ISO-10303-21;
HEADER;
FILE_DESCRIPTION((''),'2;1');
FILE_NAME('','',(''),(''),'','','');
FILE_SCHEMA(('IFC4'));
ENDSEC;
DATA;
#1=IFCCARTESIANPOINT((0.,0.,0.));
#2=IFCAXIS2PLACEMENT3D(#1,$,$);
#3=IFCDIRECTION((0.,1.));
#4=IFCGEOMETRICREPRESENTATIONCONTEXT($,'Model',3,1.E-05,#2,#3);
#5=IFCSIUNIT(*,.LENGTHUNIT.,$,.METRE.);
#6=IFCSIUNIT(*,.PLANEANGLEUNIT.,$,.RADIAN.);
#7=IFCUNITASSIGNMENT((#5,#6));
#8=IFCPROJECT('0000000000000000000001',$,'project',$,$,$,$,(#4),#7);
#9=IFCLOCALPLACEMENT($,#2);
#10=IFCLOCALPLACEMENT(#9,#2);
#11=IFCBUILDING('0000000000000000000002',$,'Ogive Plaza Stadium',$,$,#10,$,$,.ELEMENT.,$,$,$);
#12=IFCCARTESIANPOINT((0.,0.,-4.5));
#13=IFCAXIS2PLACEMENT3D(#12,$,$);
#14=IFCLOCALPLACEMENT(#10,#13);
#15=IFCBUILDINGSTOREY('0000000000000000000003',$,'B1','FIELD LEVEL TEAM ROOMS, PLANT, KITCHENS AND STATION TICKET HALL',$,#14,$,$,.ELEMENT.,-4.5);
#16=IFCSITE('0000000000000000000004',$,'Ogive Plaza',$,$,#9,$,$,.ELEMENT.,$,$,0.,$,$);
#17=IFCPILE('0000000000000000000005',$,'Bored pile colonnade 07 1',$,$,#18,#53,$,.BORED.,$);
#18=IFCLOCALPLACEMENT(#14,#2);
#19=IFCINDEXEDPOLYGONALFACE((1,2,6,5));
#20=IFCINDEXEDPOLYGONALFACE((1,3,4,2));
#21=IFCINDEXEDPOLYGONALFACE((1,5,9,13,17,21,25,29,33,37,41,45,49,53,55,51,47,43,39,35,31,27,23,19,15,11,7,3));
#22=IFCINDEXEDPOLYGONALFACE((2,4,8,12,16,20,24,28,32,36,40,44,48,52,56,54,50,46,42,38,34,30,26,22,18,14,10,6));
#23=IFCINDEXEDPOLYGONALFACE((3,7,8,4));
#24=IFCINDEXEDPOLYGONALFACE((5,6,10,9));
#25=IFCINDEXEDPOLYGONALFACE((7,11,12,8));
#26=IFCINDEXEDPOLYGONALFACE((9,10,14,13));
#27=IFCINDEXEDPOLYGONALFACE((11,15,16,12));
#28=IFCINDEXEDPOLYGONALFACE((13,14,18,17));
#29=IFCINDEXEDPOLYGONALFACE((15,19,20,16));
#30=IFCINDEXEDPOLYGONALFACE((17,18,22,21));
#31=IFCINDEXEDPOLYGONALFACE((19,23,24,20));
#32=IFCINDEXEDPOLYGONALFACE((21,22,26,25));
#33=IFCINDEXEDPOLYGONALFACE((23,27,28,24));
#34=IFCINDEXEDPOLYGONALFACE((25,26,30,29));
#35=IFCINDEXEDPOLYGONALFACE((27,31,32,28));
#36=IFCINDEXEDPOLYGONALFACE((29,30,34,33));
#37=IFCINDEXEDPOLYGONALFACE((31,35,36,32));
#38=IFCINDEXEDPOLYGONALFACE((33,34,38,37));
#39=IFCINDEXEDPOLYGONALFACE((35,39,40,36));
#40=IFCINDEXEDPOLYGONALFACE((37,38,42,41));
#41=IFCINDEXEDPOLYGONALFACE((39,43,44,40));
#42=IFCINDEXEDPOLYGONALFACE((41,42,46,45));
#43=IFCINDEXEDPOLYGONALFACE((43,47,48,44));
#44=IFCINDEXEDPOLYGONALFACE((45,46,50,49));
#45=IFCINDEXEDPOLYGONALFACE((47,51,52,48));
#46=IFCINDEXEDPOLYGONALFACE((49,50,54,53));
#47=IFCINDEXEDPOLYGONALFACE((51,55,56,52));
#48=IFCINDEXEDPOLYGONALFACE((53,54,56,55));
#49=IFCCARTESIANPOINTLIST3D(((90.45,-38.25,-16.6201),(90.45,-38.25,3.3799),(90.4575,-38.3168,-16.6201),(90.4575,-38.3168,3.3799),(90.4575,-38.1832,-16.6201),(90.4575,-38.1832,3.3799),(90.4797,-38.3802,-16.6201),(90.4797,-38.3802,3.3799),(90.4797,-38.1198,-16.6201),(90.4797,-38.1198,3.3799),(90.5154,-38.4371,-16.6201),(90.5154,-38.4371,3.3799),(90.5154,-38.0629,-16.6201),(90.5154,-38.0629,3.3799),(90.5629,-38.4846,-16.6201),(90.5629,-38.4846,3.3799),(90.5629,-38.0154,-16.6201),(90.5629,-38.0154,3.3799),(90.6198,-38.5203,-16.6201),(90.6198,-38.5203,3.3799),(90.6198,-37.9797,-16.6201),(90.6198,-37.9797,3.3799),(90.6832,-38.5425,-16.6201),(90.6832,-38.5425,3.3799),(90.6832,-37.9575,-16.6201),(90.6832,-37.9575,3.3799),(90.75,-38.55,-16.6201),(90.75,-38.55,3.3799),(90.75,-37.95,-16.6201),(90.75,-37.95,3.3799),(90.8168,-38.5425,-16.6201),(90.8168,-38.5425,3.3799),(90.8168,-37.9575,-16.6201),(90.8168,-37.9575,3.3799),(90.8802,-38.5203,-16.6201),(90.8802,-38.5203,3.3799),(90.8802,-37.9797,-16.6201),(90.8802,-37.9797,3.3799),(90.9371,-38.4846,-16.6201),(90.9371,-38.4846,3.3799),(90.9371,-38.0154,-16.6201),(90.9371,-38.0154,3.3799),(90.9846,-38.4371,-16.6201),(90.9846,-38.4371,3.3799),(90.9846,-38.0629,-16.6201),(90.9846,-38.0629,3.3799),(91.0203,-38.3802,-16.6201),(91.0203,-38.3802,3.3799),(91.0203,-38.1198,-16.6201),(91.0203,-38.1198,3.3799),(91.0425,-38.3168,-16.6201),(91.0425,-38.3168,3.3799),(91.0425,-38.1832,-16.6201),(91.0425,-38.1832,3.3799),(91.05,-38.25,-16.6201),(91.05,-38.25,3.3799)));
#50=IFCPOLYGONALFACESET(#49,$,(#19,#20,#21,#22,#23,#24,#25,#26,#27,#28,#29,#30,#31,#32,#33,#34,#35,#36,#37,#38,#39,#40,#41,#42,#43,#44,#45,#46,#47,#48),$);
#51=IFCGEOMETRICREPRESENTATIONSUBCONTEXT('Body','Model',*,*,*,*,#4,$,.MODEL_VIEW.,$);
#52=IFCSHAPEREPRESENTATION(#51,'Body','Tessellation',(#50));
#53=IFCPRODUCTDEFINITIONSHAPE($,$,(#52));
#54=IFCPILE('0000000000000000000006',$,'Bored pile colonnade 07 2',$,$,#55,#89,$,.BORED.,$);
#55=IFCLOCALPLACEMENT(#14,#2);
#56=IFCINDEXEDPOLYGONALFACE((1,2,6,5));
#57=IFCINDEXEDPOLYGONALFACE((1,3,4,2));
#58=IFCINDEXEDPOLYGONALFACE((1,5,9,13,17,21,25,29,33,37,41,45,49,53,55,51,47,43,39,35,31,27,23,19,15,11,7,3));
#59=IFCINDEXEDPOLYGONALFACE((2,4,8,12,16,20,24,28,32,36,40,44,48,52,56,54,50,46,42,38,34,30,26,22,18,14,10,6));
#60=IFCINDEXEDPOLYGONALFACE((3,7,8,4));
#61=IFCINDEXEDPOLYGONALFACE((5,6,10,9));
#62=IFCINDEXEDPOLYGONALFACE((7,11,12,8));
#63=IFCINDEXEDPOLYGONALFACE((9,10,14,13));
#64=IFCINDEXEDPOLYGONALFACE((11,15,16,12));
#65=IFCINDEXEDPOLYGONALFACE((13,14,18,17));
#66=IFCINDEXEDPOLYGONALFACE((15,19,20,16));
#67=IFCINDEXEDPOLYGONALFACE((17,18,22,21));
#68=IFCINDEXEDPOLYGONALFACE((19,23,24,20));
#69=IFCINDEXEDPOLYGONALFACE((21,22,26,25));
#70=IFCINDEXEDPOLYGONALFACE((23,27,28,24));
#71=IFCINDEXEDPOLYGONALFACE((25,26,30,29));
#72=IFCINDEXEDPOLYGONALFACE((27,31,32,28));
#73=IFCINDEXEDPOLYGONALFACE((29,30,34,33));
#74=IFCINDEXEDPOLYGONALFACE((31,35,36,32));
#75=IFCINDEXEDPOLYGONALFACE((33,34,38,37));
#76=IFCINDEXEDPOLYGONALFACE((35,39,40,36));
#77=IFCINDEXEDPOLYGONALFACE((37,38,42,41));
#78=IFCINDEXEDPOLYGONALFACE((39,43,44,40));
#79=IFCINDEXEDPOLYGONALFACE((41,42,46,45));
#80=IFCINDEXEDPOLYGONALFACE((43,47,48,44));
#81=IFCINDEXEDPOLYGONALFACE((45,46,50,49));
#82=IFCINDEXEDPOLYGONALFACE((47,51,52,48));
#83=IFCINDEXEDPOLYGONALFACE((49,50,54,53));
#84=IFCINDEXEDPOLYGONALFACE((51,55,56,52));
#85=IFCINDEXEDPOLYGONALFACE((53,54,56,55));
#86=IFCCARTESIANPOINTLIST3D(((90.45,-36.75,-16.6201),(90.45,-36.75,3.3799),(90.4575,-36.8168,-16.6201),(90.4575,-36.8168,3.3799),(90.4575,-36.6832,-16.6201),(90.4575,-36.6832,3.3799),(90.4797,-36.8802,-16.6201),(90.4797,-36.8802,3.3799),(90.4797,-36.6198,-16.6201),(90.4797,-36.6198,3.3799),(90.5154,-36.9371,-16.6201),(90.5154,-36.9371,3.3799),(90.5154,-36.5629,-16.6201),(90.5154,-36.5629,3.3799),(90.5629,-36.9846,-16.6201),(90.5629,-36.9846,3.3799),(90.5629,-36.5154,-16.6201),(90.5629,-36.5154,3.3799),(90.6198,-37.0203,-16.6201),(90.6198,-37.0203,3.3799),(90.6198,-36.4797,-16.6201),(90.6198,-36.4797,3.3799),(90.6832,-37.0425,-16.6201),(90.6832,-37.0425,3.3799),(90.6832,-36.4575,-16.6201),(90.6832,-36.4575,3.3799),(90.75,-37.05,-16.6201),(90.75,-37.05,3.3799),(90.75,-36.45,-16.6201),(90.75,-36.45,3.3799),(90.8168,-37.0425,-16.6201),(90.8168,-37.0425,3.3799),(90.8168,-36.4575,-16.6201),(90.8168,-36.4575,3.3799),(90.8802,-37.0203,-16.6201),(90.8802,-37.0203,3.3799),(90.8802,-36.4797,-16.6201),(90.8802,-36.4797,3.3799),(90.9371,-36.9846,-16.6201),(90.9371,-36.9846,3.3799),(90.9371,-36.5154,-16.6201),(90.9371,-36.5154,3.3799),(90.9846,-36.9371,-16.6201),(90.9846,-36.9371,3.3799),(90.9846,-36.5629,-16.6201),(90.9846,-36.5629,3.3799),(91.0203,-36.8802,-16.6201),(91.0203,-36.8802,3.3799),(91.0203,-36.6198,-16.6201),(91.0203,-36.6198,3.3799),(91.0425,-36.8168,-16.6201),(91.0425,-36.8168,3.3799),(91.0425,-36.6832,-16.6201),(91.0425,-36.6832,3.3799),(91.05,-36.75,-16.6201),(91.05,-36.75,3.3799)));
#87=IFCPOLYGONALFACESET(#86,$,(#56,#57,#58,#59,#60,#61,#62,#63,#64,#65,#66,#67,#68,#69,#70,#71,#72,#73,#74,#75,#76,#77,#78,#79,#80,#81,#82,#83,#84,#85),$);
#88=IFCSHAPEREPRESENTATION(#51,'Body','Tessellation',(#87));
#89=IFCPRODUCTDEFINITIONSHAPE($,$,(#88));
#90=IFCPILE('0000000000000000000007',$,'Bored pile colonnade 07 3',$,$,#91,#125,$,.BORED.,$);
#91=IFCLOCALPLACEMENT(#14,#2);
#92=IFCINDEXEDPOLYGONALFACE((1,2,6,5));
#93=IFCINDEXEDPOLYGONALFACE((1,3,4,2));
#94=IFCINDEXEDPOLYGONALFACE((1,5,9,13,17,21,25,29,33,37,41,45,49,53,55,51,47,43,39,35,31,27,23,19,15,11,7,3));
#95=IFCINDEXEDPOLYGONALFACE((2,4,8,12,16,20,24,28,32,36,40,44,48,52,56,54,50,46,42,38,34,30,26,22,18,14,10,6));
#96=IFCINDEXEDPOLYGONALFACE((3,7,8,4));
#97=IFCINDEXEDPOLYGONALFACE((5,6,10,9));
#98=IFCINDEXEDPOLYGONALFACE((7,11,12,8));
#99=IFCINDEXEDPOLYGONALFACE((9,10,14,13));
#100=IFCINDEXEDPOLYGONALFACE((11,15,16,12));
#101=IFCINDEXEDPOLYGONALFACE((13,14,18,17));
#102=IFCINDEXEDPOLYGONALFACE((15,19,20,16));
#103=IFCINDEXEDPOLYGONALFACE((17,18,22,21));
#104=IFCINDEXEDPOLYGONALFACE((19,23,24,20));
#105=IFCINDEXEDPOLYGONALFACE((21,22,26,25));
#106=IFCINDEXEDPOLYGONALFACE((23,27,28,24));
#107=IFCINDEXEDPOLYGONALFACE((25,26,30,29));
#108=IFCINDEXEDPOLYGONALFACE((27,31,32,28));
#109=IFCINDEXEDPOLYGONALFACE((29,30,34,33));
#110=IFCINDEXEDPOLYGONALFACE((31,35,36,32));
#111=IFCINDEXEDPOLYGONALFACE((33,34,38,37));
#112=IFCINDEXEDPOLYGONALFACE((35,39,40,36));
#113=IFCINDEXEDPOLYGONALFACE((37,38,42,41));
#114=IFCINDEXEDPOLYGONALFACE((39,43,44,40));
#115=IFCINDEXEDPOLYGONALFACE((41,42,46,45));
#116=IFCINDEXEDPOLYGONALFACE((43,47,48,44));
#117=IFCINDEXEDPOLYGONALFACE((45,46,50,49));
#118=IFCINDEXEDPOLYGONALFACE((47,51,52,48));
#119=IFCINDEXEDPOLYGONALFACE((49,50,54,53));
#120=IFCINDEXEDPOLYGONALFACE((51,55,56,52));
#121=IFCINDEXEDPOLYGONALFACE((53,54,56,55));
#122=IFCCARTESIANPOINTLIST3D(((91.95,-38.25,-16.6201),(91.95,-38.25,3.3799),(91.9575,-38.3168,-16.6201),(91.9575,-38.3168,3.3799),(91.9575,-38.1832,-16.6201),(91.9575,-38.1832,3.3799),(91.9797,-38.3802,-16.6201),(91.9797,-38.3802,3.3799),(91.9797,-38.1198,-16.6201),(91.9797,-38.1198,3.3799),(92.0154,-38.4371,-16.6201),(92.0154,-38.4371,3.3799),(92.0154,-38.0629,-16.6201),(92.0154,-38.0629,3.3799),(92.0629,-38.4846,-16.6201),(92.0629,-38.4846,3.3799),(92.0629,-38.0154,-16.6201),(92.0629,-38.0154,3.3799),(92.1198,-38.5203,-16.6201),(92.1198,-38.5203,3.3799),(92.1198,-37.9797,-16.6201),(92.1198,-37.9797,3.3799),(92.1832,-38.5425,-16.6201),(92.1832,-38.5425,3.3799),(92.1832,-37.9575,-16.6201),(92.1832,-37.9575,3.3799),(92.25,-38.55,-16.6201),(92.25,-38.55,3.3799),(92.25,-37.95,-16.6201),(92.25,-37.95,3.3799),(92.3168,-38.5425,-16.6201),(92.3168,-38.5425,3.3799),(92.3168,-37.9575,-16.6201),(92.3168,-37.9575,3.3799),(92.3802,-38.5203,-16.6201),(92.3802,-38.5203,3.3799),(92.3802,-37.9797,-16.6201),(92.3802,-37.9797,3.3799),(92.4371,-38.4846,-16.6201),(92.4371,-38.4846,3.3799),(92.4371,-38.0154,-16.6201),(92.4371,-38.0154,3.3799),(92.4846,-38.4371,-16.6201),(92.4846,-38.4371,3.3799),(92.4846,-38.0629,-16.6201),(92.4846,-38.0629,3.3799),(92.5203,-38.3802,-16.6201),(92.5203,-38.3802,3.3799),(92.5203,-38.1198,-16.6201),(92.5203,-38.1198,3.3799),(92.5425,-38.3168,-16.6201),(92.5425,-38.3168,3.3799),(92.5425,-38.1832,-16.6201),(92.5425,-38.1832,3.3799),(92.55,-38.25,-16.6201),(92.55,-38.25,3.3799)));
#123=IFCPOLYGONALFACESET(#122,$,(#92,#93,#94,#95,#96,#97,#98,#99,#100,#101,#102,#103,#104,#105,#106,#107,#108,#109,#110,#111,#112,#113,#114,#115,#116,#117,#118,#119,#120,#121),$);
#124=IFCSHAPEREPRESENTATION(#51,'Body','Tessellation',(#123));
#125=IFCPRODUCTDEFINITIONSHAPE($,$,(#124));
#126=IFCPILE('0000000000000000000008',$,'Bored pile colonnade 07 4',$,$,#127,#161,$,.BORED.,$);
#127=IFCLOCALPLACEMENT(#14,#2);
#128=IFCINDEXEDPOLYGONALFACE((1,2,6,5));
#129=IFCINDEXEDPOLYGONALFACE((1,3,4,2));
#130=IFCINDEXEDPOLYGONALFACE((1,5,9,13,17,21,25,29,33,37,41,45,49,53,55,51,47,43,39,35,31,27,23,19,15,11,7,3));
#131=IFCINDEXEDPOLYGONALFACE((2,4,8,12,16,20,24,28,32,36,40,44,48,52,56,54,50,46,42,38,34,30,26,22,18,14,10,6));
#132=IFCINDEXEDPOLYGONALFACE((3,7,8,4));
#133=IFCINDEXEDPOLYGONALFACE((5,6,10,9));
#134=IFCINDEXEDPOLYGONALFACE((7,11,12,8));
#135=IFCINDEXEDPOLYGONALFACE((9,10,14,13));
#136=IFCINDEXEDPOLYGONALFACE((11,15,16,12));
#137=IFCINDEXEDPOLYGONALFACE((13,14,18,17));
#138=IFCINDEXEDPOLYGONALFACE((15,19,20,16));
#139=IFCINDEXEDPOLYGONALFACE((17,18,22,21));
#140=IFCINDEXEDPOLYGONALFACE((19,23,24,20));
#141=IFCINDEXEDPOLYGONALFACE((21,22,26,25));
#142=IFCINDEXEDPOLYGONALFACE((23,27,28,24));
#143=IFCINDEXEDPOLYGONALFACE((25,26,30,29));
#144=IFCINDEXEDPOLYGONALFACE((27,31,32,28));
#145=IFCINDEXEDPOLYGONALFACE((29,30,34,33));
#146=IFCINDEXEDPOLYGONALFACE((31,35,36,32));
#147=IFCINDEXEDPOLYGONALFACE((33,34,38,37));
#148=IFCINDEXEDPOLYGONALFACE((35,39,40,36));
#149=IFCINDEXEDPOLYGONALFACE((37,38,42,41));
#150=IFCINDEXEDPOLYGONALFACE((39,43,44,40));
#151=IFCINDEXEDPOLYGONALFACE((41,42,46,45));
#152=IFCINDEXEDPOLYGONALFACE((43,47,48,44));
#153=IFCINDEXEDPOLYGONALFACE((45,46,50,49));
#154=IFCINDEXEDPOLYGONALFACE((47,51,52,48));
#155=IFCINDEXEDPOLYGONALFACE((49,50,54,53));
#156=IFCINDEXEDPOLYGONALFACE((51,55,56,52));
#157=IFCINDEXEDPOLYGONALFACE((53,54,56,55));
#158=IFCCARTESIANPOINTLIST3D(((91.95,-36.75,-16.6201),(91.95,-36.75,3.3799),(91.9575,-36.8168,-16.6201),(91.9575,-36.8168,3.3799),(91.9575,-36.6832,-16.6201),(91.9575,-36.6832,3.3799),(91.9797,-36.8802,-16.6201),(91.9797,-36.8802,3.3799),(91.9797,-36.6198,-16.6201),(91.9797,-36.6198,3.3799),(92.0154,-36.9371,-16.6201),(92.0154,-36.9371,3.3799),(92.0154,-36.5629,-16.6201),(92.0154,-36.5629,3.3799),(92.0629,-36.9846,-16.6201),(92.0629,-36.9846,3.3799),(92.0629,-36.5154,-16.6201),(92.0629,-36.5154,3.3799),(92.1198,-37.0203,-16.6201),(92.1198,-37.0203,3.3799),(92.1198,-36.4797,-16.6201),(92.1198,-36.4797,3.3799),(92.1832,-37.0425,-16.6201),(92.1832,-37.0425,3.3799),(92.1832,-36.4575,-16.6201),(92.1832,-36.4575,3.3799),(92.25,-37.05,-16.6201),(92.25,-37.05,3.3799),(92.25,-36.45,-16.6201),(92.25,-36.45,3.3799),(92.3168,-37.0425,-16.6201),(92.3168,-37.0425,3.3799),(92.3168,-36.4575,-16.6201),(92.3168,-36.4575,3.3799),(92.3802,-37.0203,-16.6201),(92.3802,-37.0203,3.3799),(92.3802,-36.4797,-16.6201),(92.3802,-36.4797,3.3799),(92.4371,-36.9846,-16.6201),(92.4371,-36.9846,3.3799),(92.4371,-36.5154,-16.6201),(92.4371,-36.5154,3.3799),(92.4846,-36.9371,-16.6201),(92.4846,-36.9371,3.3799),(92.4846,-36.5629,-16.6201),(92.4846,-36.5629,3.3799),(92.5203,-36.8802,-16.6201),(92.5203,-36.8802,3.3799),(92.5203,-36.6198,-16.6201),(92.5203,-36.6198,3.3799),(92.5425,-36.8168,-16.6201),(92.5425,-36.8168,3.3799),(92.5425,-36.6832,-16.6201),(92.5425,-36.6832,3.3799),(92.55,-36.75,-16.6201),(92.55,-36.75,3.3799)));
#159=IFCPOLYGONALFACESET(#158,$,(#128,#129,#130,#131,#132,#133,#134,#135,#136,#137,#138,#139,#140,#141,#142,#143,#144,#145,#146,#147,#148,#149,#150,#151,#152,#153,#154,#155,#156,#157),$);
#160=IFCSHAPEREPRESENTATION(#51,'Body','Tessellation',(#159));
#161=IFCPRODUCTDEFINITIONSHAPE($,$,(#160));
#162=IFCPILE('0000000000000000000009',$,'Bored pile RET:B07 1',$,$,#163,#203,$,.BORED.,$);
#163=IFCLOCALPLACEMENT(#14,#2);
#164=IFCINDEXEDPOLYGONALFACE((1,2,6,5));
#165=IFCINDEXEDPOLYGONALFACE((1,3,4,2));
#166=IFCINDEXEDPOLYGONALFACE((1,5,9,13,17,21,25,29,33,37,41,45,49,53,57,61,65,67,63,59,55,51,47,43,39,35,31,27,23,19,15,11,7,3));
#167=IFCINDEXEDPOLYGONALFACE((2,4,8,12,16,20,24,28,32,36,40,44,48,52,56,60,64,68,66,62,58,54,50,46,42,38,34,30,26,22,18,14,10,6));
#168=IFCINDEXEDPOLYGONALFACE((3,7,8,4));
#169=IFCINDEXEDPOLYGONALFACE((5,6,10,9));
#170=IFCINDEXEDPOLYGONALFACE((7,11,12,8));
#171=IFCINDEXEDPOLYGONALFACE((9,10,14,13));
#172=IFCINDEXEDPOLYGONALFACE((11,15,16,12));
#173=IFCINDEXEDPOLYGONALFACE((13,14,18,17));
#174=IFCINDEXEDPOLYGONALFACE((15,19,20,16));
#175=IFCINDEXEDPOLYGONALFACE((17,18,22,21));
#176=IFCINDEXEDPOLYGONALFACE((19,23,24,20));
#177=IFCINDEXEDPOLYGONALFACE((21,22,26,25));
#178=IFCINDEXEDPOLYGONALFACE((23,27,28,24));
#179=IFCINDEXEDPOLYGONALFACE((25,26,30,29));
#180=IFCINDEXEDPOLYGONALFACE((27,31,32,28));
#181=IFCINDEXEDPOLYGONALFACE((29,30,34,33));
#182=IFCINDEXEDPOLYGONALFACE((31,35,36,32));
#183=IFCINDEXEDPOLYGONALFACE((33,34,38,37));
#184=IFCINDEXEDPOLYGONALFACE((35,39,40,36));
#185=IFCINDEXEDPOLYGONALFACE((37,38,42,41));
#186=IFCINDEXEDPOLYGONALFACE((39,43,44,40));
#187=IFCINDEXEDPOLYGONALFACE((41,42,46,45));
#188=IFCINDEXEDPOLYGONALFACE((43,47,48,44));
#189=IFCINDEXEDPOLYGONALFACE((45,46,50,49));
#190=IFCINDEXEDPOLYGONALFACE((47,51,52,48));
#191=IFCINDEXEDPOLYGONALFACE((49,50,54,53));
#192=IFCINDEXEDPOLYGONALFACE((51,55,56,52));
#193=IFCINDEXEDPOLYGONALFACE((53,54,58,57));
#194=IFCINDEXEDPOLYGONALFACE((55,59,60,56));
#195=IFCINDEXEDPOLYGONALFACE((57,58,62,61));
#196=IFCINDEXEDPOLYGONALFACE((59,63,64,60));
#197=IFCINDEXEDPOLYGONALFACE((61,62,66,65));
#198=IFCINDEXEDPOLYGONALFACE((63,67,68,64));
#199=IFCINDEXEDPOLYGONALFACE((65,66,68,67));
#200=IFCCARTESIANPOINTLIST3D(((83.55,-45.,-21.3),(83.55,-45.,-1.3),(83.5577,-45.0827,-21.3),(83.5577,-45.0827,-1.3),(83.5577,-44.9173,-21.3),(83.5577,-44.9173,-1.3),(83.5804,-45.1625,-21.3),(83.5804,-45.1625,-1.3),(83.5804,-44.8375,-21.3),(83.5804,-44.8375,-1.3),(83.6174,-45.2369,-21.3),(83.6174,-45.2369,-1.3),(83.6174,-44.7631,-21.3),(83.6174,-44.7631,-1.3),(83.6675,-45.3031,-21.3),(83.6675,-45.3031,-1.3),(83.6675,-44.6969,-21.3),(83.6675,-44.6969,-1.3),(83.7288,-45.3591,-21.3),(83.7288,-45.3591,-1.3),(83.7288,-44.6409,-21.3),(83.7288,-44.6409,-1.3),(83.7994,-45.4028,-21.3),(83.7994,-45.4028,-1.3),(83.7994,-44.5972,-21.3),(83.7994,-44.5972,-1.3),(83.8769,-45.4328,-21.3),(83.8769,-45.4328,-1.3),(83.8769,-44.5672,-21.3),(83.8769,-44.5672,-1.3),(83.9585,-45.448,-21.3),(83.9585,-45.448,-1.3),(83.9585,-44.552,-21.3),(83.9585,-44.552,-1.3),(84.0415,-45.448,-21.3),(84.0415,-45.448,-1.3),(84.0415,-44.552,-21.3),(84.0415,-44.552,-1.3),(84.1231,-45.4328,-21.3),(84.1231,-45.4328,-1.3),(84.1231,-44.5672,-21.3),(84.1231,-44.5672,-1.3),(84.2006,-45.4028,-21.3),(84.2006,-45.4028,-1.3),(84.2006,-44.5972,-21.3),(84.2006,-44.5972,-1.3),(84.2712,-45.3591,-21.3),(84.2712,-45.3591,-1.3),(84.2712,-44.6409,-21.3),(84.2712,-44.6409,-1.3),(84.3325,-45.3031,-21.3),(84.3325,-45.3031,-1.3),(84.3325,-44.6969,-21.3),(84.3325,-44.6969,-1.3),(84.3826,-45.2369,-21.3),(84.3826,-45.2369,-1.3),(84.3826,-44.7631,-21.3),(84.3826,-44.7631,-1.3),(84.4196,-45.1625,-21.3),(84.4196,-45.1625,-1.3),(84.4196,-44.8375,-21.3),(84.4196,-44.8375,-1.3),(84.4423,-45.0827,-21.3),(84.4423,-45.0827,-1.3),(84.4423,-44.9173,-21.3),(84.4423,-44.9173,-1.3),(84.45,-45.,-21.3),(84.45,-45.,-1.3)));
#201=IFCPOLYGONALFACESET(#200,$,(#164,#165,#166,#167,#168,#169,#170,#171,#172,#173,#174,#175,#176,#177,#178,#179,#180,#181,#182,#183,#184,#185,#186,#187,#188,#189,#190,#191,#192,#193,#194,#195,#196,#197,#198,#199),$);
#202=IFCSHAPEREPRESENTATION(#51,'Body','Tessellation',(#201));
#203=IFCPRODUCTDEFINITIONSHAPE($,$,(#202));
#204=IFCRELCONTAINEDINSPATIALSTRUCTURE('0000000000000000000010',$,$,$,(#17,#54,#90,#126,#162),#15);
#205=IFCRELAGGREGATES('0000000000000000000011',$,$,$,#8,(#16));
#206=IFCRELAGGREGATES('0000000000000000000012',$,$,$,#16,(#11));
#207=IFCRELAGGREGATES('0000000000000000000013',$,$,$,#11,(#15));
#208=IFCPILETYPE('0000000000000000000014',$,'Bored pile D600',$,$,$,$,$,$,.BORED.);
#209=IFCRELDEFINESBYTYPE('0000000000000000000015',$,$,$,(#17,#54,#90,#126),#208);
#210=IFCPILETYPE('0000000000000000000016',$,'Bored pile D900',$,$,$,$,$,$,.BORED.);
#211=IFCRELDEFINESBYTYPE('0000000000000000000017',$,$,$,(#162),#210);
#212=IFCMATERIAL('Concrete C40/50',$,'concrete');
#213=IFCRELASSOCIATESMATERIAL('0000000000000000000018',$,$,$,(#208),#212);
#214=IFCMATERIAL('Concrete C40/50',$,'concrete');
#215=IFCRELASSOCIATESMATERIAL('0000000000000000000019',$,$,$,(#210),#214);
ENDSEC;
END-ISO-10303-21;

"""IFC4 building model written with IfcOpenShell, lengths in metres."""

from ifc_helpers import new_model, si_unit, direction, frame, origin, origin_2d, place, context, subcontext, project, spatial, circle, extrude, material, material_profile, profile_set, type_object, element, save


model = new_model("IFC4")

# Units and contexts
model_context = context("Model", 3, precision=1e-05, world=origin(), true_north=direction((0.0, 1.0)))
body_context = subcontext(model_context, "Body", "Model", "MODEL_VIEW")
ifc_project = project(units=[si_unit("LENGTHUNIT", "METRE"), si_unit("PLANEANGLEUNIT", "RADIAN")], contexts=[model_context])

# Site, building, storey
site_placement = place(None, origin())
site = spatial("IfcSite", under=ifc_project, at=site_placement, Name="Ogive Plaza", CompositionType="ELEMENT", RefElevation=0.0)
building_placement = place(site_placement, origin())
building = spatial("IfcBuilding", under=site, at=building_placement, Name="Ogive Plaza Stadium", CompositionType="ELEMENT")
storey_placement = place(building_placement, frame((0.0, 0.0, -4.5)))
storey = spatial("IfcBuildingStorey", under=building, at=storey_placement, Name="B1", Description="FIELD LEVEL TEAM ROOMS, PLANT, KITCHENS AND STATION TICKET HALL", CompositionType="ELEMENT", Elevation=-4.5)

# Piles
ifc_material_1 = material(Name="Concrete C40/50", Category="concrete")
ifc_material_profile_1 = material_profile(ifc_material_1, circle(Radius=0.3, at=origin_2d()), Name="RC D600")
ifc_profile_set_1 = profile_set([ifc_material_profile_1], Name="Concrete C40/50")
pile_type_1 = type_object("IfcPileType", Name="Bored pile D600", PredefinedType="BORED", material=ifc_profile_set_1)
for number, where, z_axis, x_axis, name in (
    (1, (90.75, -38.25, 3.3799), (0.0, 0.0, -1.0), (1.0, 0.0, 0.0), "Bored pile colonnade 07 1"),
    (2, (90.75, -36.75, 3.3799), (0.0, 0.0, -1.0), (1.0, 0.0, 0.0), "Bored pile colonnade 07 2"),
    (3, (92.25, -38.25, 3.3799), (0.0, 0.0, -1.0), (1.0, 0.0, 0.0), "Bored pile colonnade 07 3"),
    (4, (92.25, -36.75, 3.3799), (0.0, 0.0, -1.0), (1.0, 0.0, 0.0), "Bored pile colonnade 07 4"),
):
    element("IfcPile", number, at=place(storey_placement, frame(where, z_axis=z_axis, x_axis=x_axis)), inside=storey, type_object=pile_type_1, Name=name, PredefinedType="BORED", context=body_context, shape_type="SweptSolid", body=[
        extrude(circle(Radius=0.3, at=origin_2d()), origin(), (0.0, 0.0, 1.0), 20.0),
    ])
ifc_material_2 = material(Name="Concrete C40/50", Category="concrete")
ifc_material_profile_2 = material_profile(ifc_material_2, circle(Radius=0.45, at=origin_2d()), Name="RC D900")
ifc_profile_set_2 = profile_set([ifc_material_profile_2], Name="Concrete C40/50")
pile_type_2 = type_object("IfcPileType", Name="Bored pile D900", PredefinedType="BORED", material=ifc_profile_set_2)
pile_placement = place(storey_placement, frame((84.0, -45.0, -1.3), z_axis=(0.0, 0.0, -1.0), x_axis=(1.0, 0.0, 0.0)))
element("IfcPile", 5, at=pile_placement, inside=storey, type_object=pile_type_2, Name="Bored pile RET:B07 1", PredefinedType="BORED", context=body_context, shape_type="SweptSolid", body=[
    extrude(circle(Radius=0.45, at=origin_2d()), origin(), (0.0, 0.0, 1.0), 20.0),
])

save(model, "model.ifc")
